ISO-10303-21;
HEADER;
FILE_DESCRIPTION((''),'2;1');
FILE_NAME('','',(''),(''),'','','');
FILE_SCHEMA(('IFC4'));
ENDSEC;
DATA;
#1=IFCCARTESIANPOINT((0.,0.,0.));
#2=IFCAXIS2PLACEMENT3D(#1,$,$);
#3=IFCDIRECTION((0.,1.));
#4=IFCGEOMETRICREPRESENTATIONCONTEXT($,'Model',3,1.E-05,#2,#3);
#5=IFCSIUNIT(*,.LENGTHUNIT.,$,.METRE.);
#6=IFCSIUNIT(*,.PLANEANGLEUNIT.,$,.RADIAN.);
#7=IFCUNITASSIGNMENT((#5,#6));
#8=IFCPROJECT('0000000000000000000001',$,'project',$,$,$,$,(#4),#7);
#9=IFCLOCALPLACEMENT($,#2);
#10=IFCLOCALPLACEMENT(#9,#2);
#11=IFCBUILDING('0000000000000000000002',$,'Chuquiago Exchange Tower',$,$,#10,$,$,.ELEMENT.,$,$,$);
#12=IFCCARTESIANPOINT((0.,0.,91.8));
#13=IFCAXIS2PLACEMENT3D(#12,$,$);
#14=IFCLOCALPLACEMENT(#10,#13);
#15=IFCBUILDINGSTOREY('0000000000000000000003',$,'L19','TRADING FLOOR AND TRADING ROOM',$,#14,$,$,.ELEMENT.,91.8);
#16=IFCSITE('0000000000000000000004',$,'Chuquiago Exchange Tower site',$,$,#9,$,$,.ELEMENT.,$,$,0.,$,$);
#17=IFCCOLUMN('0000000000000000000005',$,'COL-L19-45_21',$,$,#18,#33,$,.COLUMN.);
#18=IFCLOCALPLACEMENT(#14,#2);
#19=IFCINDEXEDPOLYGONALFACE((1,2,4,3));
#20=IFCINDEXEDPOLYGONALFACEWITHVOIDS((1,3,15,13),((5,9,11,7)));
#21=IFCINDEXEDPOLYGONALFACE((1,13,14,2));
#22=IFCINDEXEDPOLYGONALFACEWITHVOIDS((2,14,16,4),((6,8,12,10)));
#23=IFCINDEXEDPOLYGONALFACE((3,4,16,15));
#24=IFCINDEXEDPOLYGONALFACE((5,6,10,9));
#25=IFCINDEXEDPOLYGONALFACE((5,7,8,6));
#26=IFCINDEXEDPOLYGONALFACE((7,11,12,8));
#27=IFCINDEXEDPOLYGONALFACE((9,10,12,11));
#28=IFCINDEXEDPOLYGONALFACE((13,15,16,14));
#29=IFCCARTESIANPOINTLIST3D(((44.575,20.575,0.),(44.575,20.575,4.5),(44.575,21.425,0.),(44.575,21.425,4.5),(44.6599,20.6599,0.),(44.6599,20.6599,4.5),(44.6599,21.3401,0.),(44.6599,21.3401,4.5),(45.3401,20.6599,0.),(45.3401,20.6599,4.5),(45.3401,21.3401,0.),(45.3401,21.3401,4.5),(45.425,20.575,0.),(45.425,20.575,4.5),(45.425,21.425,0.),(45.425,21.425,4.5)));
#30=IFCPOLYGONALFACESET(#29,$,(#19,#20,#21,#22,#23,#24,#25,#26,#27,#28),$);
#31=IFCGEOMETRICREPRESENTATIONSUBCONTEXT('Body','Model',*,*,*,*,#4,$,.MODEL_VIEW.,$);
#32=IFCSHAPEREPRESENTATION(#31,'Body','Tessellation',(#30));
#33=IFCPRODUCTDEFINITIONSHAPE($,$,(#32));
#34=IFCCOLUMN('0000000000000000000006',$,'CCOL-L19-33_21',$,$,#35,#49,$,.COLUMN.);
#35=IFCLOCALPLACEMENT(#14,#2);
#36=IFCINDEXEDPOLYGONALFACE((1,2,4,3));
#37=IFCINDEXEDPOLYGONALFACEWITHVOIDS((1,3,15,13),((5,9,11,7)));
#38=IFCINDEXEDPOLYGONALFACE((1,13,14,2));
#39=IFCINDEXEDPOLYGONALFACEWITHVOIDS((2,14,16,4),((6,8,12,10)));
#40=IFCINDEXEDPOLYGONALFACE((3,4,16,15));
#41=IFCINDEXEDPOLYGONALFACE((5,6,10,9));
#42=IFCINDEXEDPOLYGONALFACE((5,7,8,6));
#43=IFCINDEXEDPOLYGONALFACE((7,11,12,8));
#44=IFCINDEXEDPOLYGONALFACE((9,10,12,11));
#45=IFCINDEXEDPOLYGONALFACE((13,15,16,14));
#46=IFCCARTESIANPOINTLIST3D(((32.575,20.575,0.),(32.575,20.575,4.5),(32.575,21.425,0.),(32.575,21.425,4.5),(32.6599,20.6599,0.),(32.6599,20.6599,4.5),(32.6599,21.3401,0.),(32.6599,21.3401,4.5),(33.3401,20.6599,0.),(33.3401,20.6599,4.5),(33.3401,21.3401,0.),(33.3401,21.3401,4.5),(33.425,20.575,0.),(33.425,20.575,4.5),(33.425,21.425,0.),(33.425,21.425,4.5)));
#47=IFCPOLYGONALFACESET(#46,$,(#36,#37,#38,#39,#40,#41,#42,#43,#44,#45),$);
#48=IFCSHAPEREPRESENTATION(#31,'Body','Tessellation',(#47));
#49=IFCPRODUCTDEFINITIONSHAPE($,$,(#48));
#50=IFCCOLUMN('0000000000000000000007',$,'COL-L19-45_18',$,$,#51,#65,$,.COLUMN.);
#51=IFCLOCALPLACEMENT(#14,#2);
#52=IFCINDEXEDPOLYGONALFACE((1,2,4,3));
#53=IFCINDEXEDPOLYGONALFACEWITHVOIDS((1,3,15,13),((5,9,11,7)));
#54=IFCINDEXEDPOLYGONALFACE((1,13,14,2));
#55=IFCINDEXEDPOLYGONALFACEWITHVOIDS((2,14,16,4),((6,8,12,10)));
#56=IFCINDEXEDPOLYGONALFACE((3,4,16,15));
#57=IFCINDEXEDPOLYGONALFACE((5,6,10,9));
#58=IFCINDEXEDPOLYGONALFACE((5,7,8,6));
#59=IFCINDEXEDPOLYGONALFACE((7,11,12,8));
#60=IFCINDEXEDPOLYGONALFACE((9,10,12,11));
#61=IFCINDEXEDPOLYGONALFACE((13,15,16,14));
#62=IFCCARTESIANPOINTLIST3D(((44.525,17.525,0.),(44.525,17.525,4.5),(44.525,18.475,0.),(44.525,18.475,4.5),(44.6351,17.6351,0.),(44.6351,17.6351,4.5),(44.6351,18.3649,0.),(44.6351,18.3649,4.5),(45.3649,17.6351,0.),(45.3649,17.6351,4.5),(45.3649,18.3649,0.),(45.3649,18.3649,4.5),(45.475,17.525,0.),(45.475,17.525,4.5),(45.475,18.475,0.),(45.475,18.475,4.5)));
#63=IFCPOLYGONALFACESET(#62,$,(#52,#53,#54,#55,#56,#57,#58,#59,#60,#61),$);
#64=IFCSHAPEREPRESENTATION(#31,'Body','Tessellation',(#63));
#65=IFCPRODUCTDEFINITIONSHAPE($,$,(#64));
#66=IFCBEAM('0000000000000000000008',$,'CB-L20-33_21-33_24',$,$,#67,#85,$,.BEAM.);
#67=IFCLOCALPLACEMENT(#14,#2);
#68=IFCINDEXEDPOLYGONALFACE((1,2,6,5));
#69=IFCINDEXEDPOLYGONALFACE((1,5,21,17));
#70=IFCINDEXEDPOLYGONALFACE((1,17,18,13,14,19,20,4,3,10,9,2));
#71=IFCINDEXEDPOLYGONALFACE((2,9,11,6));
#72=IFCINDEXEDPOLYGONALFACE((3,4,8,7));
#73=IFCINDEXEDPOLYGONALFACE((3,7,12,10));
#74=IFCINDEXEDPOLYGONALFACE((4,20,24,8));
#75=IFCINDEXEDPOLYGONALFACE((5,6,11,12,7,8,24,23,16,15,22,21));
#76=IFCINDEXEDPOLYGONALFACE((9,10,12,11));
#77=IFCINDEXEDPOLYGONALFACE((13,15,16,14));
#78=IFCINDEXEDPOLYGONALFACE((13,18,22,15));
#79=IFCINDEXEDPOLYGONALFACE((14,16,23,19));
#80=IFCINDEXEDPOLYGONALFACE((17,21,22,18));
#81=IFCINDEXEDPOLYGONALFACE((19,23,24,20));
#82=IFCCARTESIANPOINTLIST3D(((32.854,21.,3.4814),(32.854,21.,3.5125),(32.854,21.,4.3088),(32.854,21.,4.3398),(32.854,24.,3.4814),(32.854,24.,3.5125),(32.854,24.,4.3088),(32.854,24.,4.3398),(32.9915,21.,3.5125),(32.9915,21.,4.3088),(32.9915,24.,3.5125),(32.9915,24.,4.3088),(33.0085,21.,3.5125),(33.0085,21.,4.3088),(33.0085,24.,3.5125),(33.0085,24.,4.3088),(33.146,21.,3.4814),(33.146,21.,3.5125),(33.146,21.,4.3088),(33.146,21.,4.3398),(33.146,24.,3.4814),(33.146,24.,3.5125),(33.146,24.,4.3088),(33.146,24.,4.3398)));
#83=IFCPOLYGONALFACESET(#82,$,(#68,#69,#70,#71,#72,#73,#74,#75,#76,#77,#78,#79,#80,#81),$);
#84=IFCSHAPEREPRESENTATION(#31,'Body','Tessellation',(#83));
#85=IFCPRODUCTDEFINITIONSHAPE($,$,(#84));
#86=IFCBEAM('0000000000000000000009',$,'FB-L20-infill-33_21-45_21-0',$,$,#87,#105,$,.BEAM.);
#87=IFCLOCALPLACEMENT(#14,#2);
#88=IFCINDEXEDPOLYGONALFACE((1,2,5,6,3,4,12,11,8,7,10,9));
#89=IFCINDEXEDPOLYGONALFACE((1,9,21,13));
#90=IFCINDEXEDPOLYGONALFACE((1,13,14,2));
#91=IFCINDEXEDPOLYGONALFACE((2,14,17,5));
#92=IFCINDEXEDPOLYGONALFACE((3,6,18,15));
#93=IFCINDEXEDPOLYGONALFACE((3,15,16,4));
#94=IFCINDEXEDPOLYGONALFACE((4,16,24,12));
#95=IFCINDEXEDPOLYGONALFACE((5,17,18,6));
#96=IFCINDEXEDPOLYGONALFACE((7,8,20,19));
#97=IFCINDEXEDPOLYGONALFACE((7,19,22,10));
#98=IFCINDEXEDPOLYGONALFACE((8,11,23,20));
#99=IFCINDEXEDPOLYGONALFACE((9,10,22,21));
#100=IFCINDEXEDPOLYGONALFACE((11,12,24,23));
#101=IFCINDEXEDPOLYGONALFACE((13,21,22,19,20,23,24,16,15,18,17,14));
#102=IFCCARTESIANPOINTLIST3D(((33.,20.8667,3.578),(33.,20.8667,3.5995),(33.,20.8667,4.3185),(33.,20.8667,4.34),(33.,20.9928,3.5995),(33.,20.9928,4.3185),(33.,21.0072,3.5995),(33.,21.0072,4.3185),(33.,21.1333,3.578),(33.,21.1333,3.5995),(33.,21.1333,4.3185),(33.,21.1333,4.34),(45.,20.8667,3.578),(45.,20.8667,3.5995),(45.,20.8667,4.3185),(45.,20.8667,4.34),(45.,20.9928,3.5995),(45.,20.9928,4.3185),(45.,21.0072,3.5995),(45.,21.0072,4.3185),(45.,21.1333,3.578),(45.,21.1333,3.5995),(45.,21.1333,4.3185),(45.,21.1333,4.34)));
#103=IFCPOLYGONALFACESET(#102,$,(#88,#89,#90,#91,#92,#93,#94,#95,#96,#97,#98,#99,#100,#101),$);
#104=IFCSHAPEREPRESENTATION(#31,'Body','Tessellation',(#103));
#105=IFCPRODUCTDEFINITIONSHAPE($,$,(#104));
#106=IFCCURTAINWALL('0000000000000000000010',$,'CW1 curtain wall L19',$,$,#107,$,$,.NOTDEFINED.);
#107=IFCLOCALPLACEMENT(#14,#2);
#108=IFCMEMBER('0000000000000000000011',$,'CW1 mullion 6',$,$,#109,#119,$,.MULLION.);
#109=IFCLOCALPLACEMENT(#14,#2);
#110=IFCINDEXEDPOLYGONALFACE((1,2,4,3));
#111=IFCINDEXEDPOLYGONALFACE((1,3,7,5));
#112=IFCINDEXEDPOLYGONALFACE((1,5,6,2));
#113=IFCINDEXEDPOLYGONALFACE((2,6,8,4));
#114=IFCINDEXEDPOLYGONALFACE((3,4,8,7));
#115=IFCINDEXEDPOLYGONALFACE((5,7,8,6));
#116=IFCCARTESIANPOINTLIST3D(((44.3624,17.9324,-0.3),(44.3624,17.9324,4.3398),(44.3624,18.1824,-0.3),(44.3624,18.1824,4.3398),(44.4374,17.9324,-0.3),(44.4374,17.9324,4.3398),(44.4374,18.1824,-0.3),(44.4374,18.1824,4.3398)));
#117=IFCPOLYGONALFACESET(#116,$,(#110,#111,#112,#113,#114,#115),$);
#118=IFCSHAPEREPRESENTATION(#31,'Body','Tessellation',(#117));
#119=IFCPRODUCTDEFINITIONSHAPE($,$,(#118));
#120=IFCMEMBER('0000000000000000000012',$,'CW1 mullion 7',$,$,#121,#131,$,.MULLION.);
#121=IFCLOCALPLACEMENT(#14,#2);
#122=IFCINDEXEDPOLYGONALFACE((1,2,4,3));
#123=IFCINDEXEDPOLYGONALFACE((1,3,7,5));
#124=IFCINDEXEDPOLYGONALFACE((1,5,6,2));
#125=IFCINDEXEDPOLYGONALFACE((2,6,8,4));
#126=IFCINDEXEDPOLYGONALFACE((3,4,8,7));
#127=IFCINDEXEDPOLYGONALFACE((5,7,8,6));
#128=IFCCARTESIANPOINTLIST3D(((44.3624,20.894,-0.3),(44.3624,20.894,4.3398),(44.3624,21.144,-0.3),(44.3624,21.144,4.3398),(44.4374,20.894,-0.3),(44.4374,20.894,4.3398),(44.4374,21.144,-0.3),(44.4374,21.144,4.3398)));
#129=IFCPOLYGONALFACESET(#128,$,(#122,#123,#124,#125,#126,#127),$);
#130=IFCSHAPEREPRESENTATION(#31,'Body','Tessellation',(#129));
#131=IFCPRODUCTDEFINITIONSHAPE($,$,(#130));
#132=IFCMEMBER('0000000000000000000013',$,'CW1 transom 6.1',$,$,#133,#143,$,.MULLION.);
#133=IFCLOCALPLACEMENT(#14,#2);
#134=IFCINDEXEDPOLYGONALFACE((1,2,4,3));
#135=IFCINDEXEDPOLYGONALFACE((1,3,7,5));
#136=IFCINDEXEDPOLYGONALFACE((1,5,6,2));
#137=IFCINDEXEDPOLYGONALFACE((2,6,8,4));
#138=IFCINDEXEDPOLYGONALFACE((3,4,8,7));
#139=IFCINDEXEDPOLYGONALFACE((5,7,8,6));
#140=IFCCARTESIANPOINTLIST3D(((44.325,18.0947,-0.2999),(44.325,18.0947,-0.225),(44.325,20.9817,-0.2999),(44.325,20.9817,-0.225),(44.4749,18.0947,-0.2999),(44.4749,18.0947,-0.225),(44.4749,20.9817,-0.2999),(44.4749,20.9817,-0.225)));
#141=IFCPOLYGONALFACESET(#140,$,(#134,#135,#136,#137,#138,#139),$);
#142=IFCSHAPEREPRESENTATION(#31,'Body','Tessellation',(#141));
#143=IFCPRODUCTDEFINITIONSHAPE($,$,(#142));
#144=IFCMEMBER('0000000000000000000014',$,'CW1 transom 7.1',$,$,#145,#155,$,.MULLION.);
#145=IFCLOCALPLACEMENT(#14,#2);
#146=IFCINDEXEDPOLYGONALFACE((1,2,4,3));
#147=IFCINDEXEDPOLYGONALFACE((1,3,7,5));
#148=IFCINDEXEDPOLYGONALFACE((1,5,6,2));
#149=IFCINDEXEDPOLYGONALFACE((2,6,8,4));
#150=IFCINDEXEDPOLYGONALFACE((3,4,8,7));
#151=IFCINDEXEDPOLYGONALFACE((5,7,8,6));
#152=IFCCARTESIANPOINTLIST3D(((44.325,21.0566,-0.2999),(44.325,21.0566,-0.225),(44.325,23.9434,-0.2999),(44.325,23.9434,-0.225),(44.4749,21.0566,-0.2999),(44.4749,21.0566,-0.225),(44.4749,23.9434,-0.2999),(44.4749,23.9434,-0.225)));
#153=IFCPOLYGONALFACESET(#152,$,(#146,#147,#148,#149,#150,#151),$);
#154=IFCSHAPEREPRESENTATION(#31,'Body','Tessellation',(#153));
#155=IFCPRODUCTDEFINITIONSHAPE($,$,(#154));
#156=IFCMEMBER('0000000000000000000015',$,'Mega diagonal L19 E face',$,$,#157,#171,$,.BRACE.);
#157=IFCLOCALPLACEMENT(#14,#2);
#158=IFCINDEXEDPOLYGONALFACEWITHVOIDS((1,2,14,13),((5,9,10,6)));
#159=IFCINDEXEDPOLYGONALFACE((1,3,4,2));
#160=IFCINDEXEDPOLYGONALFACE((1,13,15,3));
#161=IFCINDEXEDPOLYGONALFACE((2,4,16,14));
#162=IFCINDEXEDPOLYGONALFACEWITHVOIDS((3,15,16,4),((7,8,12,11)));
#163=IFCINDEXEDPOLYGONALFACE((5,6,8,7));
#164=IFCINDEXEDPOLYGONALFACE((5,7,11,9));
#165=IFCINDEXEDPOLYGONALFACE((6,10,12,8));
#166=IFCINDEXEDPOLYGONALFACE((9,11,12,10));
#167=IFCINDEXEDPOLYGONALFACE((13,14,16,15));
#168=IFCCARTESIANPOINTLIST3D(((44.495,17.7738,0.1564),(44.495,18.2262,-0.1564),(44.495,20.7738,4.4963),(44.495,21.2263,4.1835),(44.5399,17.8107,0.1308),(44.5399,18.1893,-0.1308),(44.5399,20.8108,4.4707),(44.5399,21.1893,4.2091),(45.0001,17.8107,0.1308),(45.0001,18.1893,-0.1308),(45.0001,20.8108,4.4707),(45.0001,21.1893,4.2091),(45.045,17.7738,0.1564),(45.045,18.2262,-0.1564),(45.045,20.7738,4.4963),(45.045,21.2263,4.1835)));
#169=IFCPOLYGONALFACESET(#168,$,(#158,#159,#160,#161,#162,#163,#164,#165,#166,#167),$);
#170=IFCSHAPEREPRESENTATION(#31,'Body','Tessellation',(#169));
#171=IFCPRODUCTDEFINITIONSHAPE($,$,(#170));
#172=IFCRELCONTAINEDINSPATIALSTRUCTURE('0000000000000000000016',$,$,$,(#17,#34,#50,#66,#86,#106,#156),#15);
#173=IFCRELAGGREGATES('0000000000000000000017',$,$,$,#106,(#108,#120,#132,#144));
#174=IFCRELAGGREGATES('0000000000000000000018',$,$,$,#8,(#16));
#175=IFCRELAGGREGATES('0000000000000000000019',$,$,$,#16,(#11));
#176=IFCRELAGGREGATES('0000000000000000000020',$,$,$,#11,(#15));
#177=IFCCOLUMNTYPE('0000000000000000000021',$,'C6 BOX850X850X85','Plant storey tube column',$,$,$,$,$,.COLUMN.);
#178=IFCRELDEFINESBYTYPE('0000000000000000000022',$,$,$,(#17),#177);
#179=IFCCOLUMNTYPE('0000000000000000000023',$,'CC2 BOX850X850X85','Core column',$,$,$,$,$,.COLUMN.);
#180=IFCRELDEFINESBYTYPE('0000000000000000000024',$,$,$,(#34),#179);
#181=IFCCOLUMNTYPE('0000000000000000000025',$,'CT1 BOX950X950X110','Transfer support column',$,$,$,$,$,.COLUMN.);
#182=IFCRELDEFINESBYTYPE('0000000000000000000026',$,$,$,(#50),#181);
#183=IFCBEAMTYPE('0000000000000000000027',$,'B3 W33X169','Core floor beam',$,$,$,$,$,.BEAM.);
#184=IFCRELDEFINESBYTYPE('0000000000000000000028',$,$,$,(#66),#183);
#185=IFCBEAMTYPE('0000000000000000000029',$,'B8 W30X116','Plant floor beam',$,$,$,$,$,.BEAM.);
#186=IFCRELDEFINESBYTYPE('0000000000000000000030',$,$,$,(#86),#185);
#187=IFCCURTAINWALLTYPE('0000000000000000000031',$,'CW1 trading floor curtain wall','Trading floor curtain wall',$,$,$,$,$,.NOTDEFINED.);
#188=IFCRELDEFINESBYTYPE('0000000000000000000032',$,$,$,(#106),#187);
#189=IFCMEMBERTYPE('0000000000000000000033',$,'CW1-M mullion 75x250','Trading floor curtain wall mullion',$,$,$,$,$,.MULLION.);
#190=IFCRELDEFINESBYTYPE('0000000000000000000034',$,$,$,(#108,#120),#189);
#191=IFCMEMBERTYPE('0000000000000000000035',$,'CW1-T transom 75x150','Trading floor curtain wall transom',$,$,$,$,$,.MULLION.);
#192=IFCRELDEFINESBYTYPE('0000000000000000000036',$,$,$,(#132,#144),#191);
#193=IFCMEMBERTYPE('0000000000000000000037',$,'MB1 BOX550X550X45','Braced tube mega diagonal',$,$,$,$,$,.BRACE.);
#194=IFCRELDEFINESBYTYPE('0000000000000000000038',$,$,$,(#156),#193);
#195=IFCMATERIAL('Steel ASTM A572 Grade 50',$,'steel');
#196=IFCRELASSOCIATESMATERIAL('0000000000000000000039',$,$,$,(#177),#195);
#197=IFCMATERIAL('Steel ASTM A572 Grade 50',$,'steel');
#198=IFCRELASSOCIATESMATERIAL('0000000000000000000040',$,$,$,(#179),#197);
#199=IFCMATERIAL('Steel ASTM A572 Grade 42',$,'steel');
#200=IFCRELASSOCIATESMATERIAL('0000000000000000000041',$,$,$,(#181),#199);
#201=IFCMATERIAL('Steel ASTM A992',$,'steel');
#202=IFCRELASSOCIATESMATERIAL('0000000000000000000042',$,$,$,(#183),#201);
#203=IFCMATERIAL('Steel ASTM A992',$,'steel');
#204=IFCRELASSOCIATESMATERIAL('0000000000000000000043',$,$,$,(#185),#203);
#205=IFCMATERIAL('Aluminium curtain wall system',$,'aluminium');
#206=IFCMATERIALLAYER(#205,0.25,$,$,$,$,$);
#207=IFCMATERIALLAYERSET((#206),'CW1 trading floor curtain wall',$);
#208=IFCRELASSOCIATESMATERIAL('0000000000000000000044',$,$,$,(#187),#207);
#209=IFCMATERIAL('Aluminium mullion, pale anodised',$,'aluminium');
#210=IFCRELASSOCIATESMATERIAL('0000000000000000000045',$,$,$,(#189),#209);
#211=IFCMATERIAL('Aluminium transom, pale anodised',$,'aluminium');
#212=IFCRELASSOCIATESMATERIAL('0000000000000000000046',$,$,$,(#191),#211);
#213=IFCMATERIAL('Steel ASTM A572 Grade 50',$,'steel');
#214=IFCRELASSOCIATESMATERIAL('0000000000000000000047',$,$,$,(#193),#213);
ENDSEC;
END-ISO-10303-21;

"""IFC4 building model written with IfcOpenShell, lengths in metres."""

from ifc_helpers import new_model, si_unit, direction, frame, origin, origin_2d, place, context, subcontext, project, spatial, rectangle, hollow_rectangle, i_section, extrude, material, layer, layer_set, material_profile, profile_set, type_object, element, aggregate, save


model = new_model("IFC4")

# Units and contexts
model_context = context("Model", 3, precision=1e-05, world=origin(), true_north=direction((0.0, 1.0)))
body_context = subcontext(model_context, "Body", "Model", "MODEL_VIEW")
ifc_project = project(units=[si_unit("LENGTHUNIT", "METRE"), si_unit("PLANEANGLEUNIT", "RADIAN")], contexts=[model_context])

# Site, building, storey
site_placement = place(None, origin())
site = spatial("IfcSite", under=ifc_project, at=site_placement, Name="Chuquiago Exchange Tower site", CompositionType="ELEMENT", RefElevation=0.0)
building_placement = place(site_placement, origin())
building = spatial("IfcBuilding", under=site, at=building_placement, Name="Chuquiago Exchange Tower", CompositionType="ELEMENT")
storey_placement = place(building_placement, frame((0.0, 0.0, 91.8)))
storey = spatial("IfcBuildingStorey", under=building, at=storey_placement, Name="L19", Description="TRADING FLOOR AND TRADING ROOM", CompositionType="ELEMENT", Elevation=91.8)

# Columns
ifc_material_1 = material(Name="Steel ASTM A572 Grade 50", Category="steel")
ifc_material_profile_1 = material_profile(ifc_material_1, hollow_rectangle(XDim=0.8501, YDim=0.8501, WallThickness=0.085, at=origin_2d()), Name="BOX850X850X85")
ifc_profile_set_1 = profile_set([ifc_material_profile_1], Name="Steel ASTM A572 Grade 50")
column_type_1 = type_object("IfcColumnType", Name="C6 BOX850X850X85", Description="Plant storey tube column", PredefinedType="COLUMN", material=ifc_profile_set_1)
column_1_placement = place(storey_placement, frame((45.0, 21.0, 0.0), z_axis=(0.0, 0.0, 1.0), x_axis=(1.0, 0.0, 0.0)))
element("IfcColumn", 1, at=column_1_placement, inside=storey, type_object=column_type_1, Name="COL-L19-45_21", PredefinedType="COLUMN", context=body_context, shape_type="SweptSolid", body=[
    extrude(hollow_rectangle(XDim=0.8501, YDim=0.8501, WallThickness=0.085, at=origin_2d()), origin(), (0.0, 0.0, 1.0), 4.5),
])
ifc_material_2 = material(Name="Steel ASTM A572 Grade 50", Category="steel")
ifc_material_profile_2 = material_profile(ifc_material_2, hollow_rectangle(XDim=0.8501, YDim=0.8501, WallThickness=0.085, at=origin_2d()), Name="BOX850X850X85")
ifc_profile_set_2 = profile_set([ifc_material_profile_2], Name="Steel ASTM A572 Grade 50")
column_type_2 = type_object("IfcColumnType", Name="CC2 BOX850X850X85", Description="Core column", PredefinedType="COLUMN", material=ifc_profile_set_2)
column_2_placement = place(storey_placement, frame((33.0, 21.0, 0.0), z_axis=(0.0, 0.0, 1.0), x_axis=(1.0, 0.0, 0.0)))
element("IfcColumn", 2, at=column_2_placement, inside=storey, type_object=column_type_2, Name="CCOL-L19-33_21", PredefinedType="COLUMN", context=body_context, shape_type="SweptSolid", body=[
    extrude(hollow_rectangle(XDim=0.8501, YDim=0.8501, WallThickness=0.085, at=origin_2d()), origin(), (0.0, 0.0, 1.0), 4.5),
])
ifc_material_3 = material(Name="Steel ASTM A572 Grade 42", Category="steel")
ifc_material_profile_3 = material_profile(ifc_material_3, hollow_rectangle(XDim=0.95, YDim=0.95, WallThickness=0.1101, at=origin_2d()), Name="BOX950X950X110")
ifc_profile_set_3 = profile_set([ifc_material_profile_3], Name="Steel ASTM A572 Grade 42")
column_type_3 = type_object("IfcColumnType", Name="CT1 BOX950X950X110", Description="Transfer support column", PredefinedType="COLUMN", material=ifc_profile_set_3)
column_3_placement = place(storey_placement, frame((45.0, 18.0, 0.0), z_axis=(0.0, 0.0, 1.0), x_axis=(1.0, 0.0, 0.0)))
element("IfcColumn", 3, at=column_3_placement, inside=storey, type_object=column_type_3, Name="COL-L19-45_18", PredefinedType="COLUMN", context=body_context, shape_type="SweptSolid", body=[
    extrude(hollow_rectangle(XDim=0.95, YDim=0.95, WallThickness=0.1101, at=origin_2d()), origin(), (0.0, 0.0, 1.0), 4.5),
])

# Beams
ifc_material_4 = material(Name="Steel ASTM A992", Category="steel")
ifc_material_profile_4 = material_profile(ifc_material_4, i_section(OverallWidth=0.292, OverallDepth=0.8584, WebThickness=0.0171, FlangeThickness=0.031, at=origin_2d()), Name="W33X169")
ifc_profile_set_4 = profile_set([ifc_material_profile_4], Name="Steel ASTM A992")
beam_type_1 = type_object("IfcBeamType", Name="B3 W33X169", Description="Core floor beam", PredefinedType="BEAM", material=ifc_profile_set_4)
beam_1_placement = place(storey_placement, frame((33.0, 21.0, 3.9106), z_axis=(0.0, 1.0, 0.0), x_axis=(-1.0, 0.0, 0.0)))
element("IfcBeam", 4, at=beam_1_placement, inside=storey, type_object=beam_type_1, Name="CB-L20-33_21-33_24", PredefinedType="BEAM", context=body_context, shape_type="SweptSolid", body=[
    extrude(i_section(OverallWidth=0.292, OverallDepth=0.8584, WebThickness=0.0171, FlangeThickness=0.031, at=origin_2d()), origin(), (0.0, 0.0, 1.0), 3.0),
])
ifc_material_5 = material(Name="Steel ASTM A992", Category="steel")
ifc_material_profile_5 = material_profile(ifc_material_5, i_section(OverallWidth=0.2666, OverallDepth=0.762, WebThickness=0.0144, FlangeThickness=0.0215, at=origin_2d()), Name="W30X116")
ifc_profile_set_5 = profile_set([ifc_material_profile_5], Name="Steel ASTM A992")
beam_type_2 = type_object("IfcBeamType", Name="B8 W30X116", Description="Plant floor beam", PredefinedType="BEAM", material=ifc_profile_set_5)
beam_2_placement = place(storey_placement, frame((33.0, 21.0, 3.959), z_axis=(1.0, 0.0, 0.0), x_axis=(0.0, 1.0, 0.0)))
element("IfcBeam", 5, at=beam_2_placement, inside=storey, type_object=beam_type_2, Name="FB-L20-infill-33_21-45_21-0", PredefinedType="BEAM", context=body_context, shape_type="SweptSolid", body=[
    extrude(i_section(OverallWidth=0.2666, OverallDepth=0.762, WebThickness=0.0144, FlangeThickness=0.0215, at=origin_2d()), origin(), (0.0, 0.0, 1.0), 12.0),
])

# Curtain wall, members
ifc_material_6 = material(Name="Aluminium curtain wall system", Category="aluminium")
ifc_layer_1 = layer(ifc_material_6, 0.25)
ifc_layer_set_1 = layer_set([ifc_layer_1], Name="CW1 trading floor curtain wall")
curtain_wall_type = type_object("IfcCurtainWallType", Name="CW1 trading floor curtain wall", Description="Trading floor curtain wall", PredefinedType="NOTDEFINED", material=ifc_layer_set_1)
curtain_wall_placement = place(storey_placement, origin())
curtain_wall = element("IfcCurtainWall", 6, at=curtain_wall_placement, inside=storey, type_object=curtain_wall_type, Name="CW1 curtain wall L19", PredefinedType="NOTDEFINED")
ifc_material_7 = material(Name="Aluminium mullion, pale anodised", Category="aluminium")
ifc_material_profile_6 = material_profile(ifc_material_7, rectangle(XDim=0.075, YDim=0.25, at=origin_2d()), Name="AL 75x250")
ifc_profile_set_6 = profile_set([ifc_material_profile_6], Name="Aluminium mullion, pale anodised")
member_type_1 = type_object("IfcMemberType", Name="CW1-M mullion 75x250", Description="Trading floor curtain wall mullion", PredefinedType="MULLION", material=ifc_profile_set_6)
member_1_placement = place(storey_placement, frame((44.3999, 18.0574, -0.3), z_axis=(0.0, 0.0, 1.0), x_axis=(-1.0, 0.0, 0.0)))
member_1 = element("IfcMember", 7, at=member_1_placement, type_object=member_type_1, Name="CW1 mullion 6", PredefinedType="MULLION", context=body_context, shape_type="SweptSolid", body=[
    extrude(rectangle(XDim=0.075, YDim=0.25, at=origin_2d()), origin(), (0.0, 0.0, 1.0), 4.6399),
])
member_2_placement = place(storey_placement, frame((44.3999, 21.019, -0.3), z_axis=(0.0, 0.0, 1.0), x_axis=(-1.0, 0.0, 0.0)))
member_2 = element("IfcMember", 8, at=member_2_placement, type_object=member_type_1, Name="CW1 mullion 7", PredefinedType="MULLION", context=body_context, shape_type="SweptSolid", body=[
    extrude(rectangle(XDim=0.075, YDim=0.25, at=origin_2d()), origin(), (0.0, 0.0, 1.0), 4.6399),
])
ifc_material_8 = material(Name="Aluminium transom, pale anodised", Category="aluminium")
ifc_material_profile_7 = material_profile(ifc_material_8, rectangle(XDim=0.1499, YDim=0.075, at=origin_2d()), Name="AL 150x75")
ifc_profile_set_7 = profile_set([ifc_material_profile_7], Name="Aluminium transom, pale anodised")
member_type_2 = type_object("IfcMemberType", Name="CW1-T transom 75x150", Description="Trading floor curtain wall transom", PredefinedType="MULLION", material=ifc_profile_set_7)
member_3_placement = place(storey_placement, frame((44.3999, 18.0947, -0.2625), z_axis=(0.0, 1.0, 0.0), x_axis=(-1.0, 0.0, 0.0)))
member_3 = element("IfcMember", 9, at=member_3_placement, type_object=member_type_2, Name="CW1 transom 6.1", PredefinedType="MULLION", context=body_context, shape_type="SweptSolid", body=[
    extrude(rectangle(XDim=0.1499, YDim=0.075, at=origin_2d()), origin(), (0.0, 0.0, 1.0), 2.887),
])
member_4_placement = place(storey_placement, frame((44.3999, 21.0566, -0.2625), z_axis=(0.0, 1.0, 0.0), x_axis=(-1.0, 0.0, 0.0)))
member_4 = element("IfcMember", 10, at=member_4_placement, type_object=member_type_2, Name="CW1 transom 7.1", PredefinedType="MULLION", context=body_context, shape_type="SweptSolid", body=[
    extrude(rectangle(XDim=0.1499, YDim=0.075, at=origin_2d()), origin(), (0.0, 0.0, 1.0), 2.8867),
])

# Member
ifc_material_9 = material(Name="Steel ASTM A572 Grade 50", Category="steel")
ifc_material_profile_8 = material_profile(ifc_material_9, hollow_rectangle(XDim=0.55, YDim=0.55, WallThickness=0.0449, at=origin_2d()), Name="BOX550X550X45")
ifc_profile_set_8 = profile_set([ifc_material_profile_8], Name="Steel ASTM A572 Grade 50")
member_type_3 = type_object("IfcMemberType", Name="MB1 BOX550X550X45", Description="Braced tube mega diagonal", PredefinedType="BRACE", material=ifc_profile_set_8)
member_5_placement = place(storey_placement, frame((44.77, 18.0, 0.0), z_axis=(0.0, 0.568632, 0.822592), x_axis=(-1.0, 0.0, 0.0)))
element("IfcMember", 11, at=member_5_placement, inside=storey, type_object=member_type_3, Name="Mega diagonal L19 E face", PredefinedType="BRACE", context=body_context, shape_type="SweptSolid", body=[
    extrude(hollow_rectangle(XDim=0.55, YDim=0.55, WallThickness=0.0449, at=origin_2d()), origin(), (0.0, 0.0, 1.0), 5.2759),
])

aggregate(curtain_wall, [member_1, member_2, member_3, member_4])

save(model, "model.ifc")
